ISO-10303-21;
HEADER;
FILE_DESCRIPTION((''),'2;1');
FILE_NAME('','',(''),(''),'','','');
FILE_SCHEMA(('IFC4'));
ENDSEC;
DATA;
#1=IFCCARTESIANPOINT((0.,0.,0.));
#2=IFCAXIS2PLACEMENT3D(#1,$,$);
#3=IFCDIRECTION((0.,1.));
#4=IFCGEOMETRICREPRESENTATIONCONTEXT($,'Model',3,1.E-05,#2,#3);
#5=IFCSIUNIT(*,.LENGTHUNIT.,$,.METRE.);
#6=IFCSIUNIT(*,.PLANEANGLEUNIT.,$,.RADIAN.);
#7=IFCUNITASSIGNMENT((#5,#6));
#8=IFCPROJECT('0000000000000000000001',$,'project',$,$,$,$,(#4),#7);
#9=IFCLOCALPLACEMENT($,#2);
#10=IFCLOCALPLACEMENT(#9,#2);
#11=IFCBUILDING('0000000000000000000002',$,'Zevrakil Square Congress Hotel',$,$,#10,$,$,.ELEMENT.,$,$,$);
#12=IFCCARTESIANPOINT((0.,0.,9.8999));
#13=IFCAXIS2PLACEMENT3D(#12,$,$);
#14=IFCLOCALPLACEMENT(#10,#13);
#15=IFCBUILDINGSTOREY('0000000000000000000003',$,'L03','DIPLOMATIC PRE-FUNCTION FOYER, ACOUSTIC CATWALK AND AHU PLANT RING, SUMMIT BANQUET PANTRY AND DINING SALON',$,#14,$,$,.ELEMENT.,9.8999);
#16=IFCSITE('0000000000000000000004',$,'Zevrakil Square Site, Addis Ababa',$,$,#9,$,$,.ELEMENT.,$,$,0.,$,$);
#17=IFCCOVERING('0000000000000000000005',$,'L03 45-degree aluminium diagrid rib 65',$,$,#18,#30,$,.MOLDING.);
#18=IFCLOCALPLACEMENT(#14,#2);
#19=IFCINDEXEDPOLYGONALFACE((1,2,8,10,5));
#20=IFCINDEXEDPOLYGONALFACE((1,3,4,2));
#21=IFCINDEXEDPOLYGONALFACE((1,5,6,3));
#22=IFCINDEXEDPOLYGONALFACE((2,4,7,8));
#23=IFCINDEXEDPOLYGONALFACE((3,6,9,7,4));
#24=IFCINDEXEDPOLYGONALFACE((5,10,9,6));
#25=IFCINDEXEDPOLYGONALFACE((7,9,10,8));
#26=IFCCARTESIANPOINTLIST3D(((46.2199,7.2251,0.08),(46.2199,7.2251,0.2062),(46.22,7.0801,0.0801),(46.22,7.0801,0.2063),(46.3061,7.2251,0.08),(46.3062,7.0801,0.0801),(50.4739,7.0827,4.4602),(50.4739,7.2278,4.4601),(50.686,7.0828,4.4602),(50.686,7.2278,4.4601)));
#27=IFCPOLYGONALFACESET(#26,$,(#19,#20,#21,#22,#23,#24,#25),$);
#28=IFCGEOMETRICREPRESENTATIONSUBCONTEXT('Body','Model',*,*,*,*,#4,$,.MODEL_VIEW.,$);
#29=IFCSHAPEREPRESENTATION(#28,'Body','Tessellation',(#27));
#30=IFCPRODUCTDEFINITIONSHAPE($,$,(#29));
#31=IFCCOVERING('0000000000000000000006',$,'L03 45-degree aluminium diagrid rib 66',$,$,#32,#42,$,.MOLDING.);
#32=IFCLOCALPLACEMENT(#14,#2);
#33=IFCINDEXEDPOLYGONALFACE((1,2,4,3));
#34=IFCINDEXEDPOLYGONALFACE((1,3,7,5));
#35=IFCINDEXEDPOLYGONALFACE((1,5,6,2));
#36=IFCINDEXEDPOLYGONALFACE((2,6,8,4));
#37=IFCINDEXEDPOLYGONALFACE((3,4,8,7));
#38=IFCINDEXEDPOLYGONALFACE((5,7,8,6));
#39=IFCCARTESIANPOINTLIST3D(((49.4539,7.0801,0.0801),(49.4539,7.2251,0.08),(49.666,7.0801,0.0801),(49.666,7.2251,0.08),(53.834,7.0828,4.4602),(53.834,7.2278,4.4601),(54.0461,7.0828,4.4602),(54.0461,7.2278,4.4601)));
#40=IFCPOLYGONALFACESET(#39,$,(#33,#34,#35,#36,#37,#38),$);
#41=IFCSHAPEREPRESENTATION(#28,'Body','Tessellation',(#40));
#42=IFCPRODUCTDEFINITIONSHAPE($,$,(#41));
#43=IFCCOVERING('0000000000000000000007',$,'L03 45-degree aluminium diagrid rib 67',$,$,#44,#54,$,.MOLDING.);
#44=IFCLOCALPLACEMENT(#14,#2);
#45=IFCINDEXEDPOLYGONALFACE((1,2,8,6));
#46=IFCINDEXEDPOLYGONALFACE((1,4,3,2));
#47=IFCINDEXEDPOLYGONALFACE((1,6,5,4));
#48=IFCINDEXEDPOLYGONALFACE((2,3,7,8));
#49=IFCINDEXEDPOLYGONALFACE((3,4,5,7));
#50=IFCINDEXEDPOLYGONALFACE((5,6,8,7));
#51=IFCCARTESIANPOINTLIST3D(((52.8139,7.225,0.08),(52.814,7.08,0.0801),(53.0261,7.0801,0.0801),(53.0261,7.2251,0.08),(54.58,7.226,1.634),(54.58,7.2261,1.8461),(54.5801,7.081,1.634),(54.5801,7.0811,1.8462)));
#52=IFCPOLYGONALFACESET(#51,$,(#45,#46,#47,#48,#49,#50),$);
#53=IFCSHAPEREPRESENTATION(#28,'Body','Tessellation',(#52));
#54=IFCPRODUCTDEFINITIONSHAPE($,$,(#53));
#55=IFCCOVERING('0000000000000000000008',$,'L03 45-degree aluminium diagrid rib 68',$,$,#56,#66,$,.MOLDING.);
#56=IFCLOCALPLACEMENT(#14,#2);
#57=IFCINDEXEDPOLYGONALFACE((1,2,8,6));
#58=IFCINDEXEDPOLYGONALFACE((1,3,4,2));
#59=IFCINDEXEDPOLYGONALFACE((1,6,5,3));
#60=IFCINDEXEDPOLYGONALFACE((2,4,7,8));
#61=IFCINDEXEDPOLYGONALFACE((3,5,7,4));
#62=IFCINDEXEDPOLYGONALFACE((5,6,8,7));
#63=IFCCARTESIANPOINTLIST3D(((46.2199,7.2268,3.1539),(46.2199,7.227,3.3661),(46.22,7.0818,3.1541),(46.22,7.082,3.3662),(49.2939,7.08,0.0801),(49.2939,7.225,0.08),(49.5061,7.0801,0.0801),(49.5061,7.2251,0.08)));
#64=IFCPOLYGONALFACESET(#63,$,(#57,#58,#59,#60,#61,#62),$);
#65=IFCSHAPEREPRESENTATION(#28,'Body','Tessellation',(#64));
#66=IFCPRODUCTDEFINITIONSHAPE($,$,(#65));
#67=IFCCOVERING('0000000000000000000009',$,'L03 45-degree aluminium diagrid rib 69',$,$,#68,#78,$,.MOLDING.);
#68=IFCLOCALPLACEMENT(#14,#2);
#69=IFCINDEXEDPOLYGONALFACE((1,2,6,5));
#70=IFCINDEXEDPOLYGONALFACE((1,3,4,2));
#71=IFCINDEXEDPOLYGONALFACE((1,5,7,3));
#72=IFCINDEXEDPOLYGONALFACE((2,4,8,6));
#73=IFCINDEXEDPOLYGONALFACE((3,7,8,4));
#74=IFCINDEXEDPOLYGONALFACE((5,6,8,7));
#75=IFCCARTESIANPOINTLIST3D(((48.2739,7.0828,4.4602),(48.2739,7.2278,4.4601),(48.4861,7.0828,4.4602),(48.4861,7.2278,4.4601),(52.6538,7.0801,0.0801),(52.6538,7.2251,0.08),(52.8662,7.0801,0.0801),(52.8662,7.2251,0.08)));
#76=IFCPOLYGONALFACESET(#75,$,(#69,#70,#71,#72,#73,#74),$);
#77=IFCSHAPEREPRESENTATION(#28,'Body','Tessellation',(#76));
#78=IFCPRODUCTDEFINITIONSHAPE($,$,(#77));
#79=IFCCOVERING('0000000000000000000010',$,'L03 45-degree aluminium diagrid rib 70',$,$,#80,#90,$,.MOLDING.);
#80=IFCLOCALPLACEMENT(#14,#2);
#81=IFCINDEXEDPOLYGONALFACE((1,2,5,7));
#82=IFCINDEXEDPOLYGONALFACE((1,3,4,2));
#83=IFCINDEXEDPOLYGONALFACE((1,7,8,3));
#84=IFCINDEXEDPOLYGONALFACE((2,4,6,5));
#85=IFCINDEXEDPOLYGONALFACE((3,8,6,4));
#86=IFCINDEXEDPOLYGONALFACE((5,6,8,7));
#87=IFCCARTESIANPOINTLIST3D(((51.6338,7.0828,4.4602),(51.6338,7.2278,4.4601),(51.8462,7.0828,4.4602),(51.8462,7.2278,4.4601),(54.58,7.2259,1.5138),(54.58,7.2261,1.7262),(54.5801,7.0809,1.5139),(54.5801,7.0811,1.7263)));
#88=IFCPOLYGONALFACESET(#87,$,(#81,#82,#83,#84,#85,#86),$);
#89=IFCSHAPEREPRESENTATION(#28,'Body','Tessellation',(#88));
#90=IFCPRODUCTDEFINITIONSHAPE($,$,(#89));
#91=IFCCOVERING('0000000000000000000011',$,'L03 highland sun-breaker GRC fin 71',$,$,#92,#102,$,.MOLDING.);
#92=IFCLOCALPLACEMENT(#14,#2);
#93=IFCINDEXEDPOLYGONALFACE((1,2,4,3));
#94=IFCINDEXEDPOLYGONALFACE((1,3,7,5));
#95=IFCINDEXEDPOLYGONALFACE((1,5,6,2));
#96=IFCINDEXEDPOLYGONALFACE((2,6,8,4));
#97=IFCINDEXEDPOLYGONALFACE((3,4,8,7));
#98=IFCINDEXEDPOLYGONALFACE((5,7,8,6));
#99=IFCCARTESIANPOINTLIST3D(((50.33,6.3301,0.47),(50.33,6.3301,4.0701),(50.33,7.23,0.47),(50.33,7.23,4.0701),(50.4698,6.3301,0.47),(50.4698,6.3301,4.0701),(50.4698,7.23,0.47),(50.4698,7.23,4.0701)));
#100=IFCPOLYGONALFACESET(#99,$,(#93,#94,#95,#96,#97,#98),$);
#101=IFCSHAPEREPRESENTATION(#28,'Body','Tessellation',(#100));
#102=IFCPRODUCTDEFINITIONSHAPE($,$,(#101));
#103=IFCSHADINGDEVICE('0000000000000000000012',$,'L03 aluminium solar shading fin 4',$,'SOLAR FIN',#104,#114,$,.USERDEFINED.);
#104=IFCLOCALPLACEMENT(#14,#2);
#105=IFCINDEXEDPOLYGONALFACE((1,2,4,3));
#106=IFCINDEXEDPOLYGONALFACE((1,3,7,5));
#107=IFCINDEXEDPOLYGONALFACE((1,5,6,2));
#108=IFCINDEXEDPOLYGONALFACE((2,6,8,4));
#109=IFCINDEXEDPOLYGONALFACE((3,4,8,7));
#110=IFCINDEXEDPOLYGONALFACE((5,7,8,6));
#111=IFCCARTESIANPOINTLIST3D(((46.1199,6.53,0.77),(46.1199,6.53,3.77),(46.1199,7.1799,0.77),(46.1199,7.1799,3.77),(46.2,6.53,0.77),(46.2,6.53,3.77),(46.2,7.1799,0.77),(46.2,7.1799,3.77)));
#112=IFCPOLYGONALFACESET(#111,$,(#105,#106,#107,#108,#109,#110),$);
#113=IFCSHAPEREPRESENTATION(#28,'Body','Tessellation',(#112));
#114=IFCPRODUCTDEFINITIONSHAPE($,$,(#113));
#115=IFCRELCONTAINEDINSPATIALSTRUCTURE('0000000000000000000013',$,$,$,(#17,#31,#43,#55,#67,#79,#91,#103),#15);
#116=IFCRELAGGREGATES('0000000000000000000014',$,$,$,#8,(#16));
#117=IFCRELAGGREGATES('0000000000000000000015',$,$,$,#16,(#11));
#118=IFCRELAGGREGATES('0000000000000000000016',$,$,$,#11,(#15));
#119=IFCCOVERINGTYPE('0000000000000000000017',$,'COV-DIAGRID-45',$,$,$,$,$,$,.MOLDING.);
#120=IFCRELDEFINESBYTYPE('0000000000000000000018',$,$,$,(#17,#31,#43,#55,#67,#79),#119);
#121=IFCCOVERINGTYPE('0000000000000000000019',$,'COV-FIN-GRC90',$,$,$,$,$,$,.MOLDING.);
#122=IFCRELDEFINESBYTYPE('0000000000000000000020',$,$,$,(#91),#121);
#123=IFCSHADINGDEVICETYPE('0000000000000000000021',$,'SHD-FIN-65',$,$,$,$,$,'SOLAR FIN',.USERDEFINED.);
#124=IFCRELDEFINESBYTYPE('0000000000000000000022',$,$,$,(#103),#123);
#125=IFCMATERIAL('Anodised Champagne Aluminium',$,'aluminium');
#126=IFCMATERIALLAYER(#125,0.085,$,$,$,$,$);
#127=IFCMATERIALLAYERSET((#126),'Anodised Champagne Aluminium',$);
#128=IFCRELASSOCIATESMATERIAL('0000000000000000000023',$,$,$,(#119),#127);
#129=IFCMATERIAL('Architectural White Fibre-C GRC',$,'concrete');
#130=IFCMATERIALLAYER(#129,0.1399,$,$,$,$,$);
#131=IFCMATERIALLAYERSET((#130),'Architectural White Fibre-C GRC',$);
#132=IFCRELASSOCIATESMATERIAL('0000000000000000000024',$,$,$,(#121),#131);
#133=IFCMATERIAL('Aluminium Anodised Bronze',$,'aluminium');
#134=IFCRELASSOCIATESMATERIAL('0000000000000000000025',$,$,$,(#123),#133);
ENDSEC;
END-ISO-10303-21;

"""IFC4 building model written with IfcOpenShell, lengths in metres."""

from ifc_helpers import new_model, si_unit, direction, frame, origin, origin_2d, place, context, subcontext, project, spatial, polyline, rectangle, outline, extrude, material, layer, layer_set, type_object, element, save


model = new_model("IFC4")

# Units and contexts
model_context = context("Model", 3, precision=1e-05, world=origin(), true_north=direction((0.0, 1.0)))
body_context = subcontext(model_context, "Body", "Model", "MODEL_VIEW")
ifc_project = project(units=[si_unit("LENGTHUNIT", "METRE"), si_unit("PLANEANGLEUNIT", "RADIAN")], contexts=[model_context])

# Site, building, storey
site_placement = place(None, origin())
site = spatial("IfcSite", under=ifc_project, at=site_placement, Name="Zevrakil Square Site, Addis Ababa", CompositionType="ELEMENT", RefElevation=0.0)
building_placement = place(site_placement, origin())
building = spatial("IfcBuilding", under=site, at=building_placement, Name="Zevrakil Square Congress Hotel", CompositionType="ELEMENT")
storey_placement = place(building_placement, frame((0.0, 0.0, 9.8999)))
storey = spatial("IfcBuildingStorey", under=building, at=storey_placement, Name="L03", Description="DIPLOMATIC PRE-FUNCTION FOYER, ACOUSTIC CATWALK AND AHU PLANT RING, SUMMIT BANQUET PANTRY AND DINING SALON", CompositionType="ELEMENT", Elevation=9.8999)

# Coverings
ifc_material_1 = material(Name="Anodised Champagne Aluminium", Category="aluminium")
ifc_layer_1 = layer(ifc_material_1, 0.085)
ifc_layer_set_1 = layer_set([ifc_layer_1], Name="Anodised Champagne Aluminium")
covering_type_1 = type_object("IfcCoveringType", Name="COV-DIAGRID-45", PredefinedType="MOLDING", material=ifc_layer_set_1)
covering_1_placement = place(storey_placement, frame((46.3062, 7.0801, 0.0801), z_axis=(0.000184, -1.0, 0.000435), x_axis=(-1.0, -0.000184, 0.0)))
element("IfcCovering", 1, at=covering_1_placement, inside=storey, type_object=covering_type_1, Name="L03 45-degree aluminium diagrid rib 65", PredefinedType="MOLDING", context=body_context, shape_type="SweptSolid", body=[
    extrude(outline(polyline([(0.0, 0.0), (0.0862, 0.0), (0.0862, -0.1262), (-4.1677, -4.3801), (-4.3799, -4.3801), (0.0, 0.0)])), origin(), (0.0, 0.0, -1.0), 0.145),
])
covering_2_placement = place(storey_placement, frame((49.666, 7.0801, 0.0801), z_axis=(0.0, -1.0, 0.000613), x_axis=(-1.0, 0.0, 0.0)))
element("IfcCovering", 2, at=covering_2_placement, inside=storey, type_object=covering_type_1, Name="L03 45-degree aluminium diagrid rib 66", PredefinedType="MOLDING", context=body_context, shape_type="SweptSolid", body=[
    extrude(outline(polyline([(0.0, 0.0), (0.2122, 0.0), (-4.168, -4.3801), (-4.3801, -4.3801), (0.0, 0.0)])), origin(), (0.0, 0.0, -1.0), 0.145),
])
covering_3_placement = place(storey_placement, frame((53.0261, 7.0801, 0.0801), z_axis=(0.000294, -1.0, 0.000294), x_axis=(-1.0, -0.000294, 0.0)))
element("IfcCovering", 3, at=covering_3_placement, inside=storey, type_object=covering_type_1, Name="L03 45-degree aluminium diagrid rib 67", PredefinedType="MOLDING", context=body_context, shape_type="SweptSolid", body=[
    extrude(outline(polyline([(0.0, 0.0), (0.2122, 0.0), (-1.554, -1.7661), (-1.554, -1.554), (0.0, 0.0)])), origin(), (0.0, 0.0, -1.0), 0.145),
])
covering_4_placement = place(storey_placement, frame((46.22, 7.0818, 3.1541), z_axis=(0.000287, -1.0, 0.000863), x_axis=(0.0, 0.000863, 1.0)))
element("IfcCovering", 4, at=covering_4_placement, inside=storey, type_object=covering_type_1, Name="L03 45-degree aluminium diagrid rib 68", PredefinedType="MOLDING", context=body_context, shape_type="SweptSolid", body=[
    extrude(outline(polyline([(0.0, 0.0), (0.2122, 0.0), (-3.074, -3.2861), (-3.074, -3.074), (0.0, 0.0)])), origin(), (0.0, 0.0, -1.0), 0.145),
])
covering_5_placement = place(storey_placement, frame((48.2739, 7.0828, 4.4602), z_axis=(0.0, -1.0, 0.000613), x_axis=(1.0, 0.0, 0.0)))
element("IfcCovering", 5, at=covering_5_placement, inside=storey, type_object=covering_type_1, Name="L03 45-degree aluminium diagrid rib 69", PredefinedType="MOLDING", context=body_context, shape_type="SweptSolid", body=[
    extrude(outline(polyline([(0.0, 0.0), (0.2122, 0.0), (4.5923, -4.3801), (4.3799, -4.3801), (0.0, 0.0)])), origin(), (0.0, 0.0, -1.0), 0.145),
])
covering_6_placement = place(storey_placement, frame((51.6338, 7.0828, 4.4602), z_axis=(0.000252, -1.0, 0.000897), x_axis=(1.0, 0.000252, 0.0)))
element("IfcCovering", 6, at=covering_6_placement, inside=storey, type_object=covering_type_1, Name="L03 45-degree aluminium diagrid rib 70", PredefinedType="MOLDING", context=body_context, shape_type="SweptSolid", body=[
    extrude(outline(polyline([(0.0, 0.0), (0.2124, 0.0), (2.9463, -2.7339), (2.9463, -2.9463), (0.0, 0.0)])), origin(), (0.0, 0.0, -1.0), 0.145),
])
ifc_material_2 = material(Name="Architectural White Fibre-C GRC", Category="concrete")
ifc_layer_2 = layer(ifc_material_2, 0.1399)
ifc_layer_set_2 = layer_set([ifc_layer_2], Name="Architectural White Fibre-C GRC")
covering_type_2 = type_object("IfcCoveringType", Name="COV-FIN-GRC90", PredefinedType="MOLDING", material=ifc_layer_set_2)
covering_7_placement = place(storey_placement, frame((50.3999, 6.78, 0.47), z_axis=(0.0, 0.0, 1.0), x_axis=(0.0, -1.0, 0.0)))
element("IfcCovering", 7, at=covering_7_placement, inside=storey, type_object=covering_type_2, Name="L03 highland sun-breaker GRC fin 71", PredefinedType="MOLDING", context=body_context, shape_type="SweptSolid", body=[
    extrude(rectangle(XDim=0.8999, YDim=0.1399, at=origin_2d()), origin(), (0.0, 0.0, 1.0), 3.6001),
])

# Shading device
ifc_material_3 = material(Name="Aluminium Anodised Bronze", Category="aluminium")
shading_device_type = type_object("IfcShadingDeviceType", Name="SHD-FIN-65", ElementType="SOLAR FIN", PredefinedType="USERDEFINED", material=ifc_material_3)
shading_device_placement = place(storey_placement, frame((46.1599, 6.855, 0.77), z_axis=(0.0, 0.0, 1.0), x_axis=(0.0, -1.0, 0.0)))
element("IfcShadingDevice", 8, at=shading_device_placement, inside=storey, type_object=shading_device_type, Name="L03 aluminium solar shading fin 4", ObjectType="SOLAR FIN", PredefinedType="USERDEFINED", context=body_context, shape_type="SweptSolid", body=[
    extrude(rectangle(XDim=0.6499, YDim=0.0801, at=origin_2d()), origin(), (0.0, 0.0, 1.0), 3.0),
])

save(model, "model.ifc")
